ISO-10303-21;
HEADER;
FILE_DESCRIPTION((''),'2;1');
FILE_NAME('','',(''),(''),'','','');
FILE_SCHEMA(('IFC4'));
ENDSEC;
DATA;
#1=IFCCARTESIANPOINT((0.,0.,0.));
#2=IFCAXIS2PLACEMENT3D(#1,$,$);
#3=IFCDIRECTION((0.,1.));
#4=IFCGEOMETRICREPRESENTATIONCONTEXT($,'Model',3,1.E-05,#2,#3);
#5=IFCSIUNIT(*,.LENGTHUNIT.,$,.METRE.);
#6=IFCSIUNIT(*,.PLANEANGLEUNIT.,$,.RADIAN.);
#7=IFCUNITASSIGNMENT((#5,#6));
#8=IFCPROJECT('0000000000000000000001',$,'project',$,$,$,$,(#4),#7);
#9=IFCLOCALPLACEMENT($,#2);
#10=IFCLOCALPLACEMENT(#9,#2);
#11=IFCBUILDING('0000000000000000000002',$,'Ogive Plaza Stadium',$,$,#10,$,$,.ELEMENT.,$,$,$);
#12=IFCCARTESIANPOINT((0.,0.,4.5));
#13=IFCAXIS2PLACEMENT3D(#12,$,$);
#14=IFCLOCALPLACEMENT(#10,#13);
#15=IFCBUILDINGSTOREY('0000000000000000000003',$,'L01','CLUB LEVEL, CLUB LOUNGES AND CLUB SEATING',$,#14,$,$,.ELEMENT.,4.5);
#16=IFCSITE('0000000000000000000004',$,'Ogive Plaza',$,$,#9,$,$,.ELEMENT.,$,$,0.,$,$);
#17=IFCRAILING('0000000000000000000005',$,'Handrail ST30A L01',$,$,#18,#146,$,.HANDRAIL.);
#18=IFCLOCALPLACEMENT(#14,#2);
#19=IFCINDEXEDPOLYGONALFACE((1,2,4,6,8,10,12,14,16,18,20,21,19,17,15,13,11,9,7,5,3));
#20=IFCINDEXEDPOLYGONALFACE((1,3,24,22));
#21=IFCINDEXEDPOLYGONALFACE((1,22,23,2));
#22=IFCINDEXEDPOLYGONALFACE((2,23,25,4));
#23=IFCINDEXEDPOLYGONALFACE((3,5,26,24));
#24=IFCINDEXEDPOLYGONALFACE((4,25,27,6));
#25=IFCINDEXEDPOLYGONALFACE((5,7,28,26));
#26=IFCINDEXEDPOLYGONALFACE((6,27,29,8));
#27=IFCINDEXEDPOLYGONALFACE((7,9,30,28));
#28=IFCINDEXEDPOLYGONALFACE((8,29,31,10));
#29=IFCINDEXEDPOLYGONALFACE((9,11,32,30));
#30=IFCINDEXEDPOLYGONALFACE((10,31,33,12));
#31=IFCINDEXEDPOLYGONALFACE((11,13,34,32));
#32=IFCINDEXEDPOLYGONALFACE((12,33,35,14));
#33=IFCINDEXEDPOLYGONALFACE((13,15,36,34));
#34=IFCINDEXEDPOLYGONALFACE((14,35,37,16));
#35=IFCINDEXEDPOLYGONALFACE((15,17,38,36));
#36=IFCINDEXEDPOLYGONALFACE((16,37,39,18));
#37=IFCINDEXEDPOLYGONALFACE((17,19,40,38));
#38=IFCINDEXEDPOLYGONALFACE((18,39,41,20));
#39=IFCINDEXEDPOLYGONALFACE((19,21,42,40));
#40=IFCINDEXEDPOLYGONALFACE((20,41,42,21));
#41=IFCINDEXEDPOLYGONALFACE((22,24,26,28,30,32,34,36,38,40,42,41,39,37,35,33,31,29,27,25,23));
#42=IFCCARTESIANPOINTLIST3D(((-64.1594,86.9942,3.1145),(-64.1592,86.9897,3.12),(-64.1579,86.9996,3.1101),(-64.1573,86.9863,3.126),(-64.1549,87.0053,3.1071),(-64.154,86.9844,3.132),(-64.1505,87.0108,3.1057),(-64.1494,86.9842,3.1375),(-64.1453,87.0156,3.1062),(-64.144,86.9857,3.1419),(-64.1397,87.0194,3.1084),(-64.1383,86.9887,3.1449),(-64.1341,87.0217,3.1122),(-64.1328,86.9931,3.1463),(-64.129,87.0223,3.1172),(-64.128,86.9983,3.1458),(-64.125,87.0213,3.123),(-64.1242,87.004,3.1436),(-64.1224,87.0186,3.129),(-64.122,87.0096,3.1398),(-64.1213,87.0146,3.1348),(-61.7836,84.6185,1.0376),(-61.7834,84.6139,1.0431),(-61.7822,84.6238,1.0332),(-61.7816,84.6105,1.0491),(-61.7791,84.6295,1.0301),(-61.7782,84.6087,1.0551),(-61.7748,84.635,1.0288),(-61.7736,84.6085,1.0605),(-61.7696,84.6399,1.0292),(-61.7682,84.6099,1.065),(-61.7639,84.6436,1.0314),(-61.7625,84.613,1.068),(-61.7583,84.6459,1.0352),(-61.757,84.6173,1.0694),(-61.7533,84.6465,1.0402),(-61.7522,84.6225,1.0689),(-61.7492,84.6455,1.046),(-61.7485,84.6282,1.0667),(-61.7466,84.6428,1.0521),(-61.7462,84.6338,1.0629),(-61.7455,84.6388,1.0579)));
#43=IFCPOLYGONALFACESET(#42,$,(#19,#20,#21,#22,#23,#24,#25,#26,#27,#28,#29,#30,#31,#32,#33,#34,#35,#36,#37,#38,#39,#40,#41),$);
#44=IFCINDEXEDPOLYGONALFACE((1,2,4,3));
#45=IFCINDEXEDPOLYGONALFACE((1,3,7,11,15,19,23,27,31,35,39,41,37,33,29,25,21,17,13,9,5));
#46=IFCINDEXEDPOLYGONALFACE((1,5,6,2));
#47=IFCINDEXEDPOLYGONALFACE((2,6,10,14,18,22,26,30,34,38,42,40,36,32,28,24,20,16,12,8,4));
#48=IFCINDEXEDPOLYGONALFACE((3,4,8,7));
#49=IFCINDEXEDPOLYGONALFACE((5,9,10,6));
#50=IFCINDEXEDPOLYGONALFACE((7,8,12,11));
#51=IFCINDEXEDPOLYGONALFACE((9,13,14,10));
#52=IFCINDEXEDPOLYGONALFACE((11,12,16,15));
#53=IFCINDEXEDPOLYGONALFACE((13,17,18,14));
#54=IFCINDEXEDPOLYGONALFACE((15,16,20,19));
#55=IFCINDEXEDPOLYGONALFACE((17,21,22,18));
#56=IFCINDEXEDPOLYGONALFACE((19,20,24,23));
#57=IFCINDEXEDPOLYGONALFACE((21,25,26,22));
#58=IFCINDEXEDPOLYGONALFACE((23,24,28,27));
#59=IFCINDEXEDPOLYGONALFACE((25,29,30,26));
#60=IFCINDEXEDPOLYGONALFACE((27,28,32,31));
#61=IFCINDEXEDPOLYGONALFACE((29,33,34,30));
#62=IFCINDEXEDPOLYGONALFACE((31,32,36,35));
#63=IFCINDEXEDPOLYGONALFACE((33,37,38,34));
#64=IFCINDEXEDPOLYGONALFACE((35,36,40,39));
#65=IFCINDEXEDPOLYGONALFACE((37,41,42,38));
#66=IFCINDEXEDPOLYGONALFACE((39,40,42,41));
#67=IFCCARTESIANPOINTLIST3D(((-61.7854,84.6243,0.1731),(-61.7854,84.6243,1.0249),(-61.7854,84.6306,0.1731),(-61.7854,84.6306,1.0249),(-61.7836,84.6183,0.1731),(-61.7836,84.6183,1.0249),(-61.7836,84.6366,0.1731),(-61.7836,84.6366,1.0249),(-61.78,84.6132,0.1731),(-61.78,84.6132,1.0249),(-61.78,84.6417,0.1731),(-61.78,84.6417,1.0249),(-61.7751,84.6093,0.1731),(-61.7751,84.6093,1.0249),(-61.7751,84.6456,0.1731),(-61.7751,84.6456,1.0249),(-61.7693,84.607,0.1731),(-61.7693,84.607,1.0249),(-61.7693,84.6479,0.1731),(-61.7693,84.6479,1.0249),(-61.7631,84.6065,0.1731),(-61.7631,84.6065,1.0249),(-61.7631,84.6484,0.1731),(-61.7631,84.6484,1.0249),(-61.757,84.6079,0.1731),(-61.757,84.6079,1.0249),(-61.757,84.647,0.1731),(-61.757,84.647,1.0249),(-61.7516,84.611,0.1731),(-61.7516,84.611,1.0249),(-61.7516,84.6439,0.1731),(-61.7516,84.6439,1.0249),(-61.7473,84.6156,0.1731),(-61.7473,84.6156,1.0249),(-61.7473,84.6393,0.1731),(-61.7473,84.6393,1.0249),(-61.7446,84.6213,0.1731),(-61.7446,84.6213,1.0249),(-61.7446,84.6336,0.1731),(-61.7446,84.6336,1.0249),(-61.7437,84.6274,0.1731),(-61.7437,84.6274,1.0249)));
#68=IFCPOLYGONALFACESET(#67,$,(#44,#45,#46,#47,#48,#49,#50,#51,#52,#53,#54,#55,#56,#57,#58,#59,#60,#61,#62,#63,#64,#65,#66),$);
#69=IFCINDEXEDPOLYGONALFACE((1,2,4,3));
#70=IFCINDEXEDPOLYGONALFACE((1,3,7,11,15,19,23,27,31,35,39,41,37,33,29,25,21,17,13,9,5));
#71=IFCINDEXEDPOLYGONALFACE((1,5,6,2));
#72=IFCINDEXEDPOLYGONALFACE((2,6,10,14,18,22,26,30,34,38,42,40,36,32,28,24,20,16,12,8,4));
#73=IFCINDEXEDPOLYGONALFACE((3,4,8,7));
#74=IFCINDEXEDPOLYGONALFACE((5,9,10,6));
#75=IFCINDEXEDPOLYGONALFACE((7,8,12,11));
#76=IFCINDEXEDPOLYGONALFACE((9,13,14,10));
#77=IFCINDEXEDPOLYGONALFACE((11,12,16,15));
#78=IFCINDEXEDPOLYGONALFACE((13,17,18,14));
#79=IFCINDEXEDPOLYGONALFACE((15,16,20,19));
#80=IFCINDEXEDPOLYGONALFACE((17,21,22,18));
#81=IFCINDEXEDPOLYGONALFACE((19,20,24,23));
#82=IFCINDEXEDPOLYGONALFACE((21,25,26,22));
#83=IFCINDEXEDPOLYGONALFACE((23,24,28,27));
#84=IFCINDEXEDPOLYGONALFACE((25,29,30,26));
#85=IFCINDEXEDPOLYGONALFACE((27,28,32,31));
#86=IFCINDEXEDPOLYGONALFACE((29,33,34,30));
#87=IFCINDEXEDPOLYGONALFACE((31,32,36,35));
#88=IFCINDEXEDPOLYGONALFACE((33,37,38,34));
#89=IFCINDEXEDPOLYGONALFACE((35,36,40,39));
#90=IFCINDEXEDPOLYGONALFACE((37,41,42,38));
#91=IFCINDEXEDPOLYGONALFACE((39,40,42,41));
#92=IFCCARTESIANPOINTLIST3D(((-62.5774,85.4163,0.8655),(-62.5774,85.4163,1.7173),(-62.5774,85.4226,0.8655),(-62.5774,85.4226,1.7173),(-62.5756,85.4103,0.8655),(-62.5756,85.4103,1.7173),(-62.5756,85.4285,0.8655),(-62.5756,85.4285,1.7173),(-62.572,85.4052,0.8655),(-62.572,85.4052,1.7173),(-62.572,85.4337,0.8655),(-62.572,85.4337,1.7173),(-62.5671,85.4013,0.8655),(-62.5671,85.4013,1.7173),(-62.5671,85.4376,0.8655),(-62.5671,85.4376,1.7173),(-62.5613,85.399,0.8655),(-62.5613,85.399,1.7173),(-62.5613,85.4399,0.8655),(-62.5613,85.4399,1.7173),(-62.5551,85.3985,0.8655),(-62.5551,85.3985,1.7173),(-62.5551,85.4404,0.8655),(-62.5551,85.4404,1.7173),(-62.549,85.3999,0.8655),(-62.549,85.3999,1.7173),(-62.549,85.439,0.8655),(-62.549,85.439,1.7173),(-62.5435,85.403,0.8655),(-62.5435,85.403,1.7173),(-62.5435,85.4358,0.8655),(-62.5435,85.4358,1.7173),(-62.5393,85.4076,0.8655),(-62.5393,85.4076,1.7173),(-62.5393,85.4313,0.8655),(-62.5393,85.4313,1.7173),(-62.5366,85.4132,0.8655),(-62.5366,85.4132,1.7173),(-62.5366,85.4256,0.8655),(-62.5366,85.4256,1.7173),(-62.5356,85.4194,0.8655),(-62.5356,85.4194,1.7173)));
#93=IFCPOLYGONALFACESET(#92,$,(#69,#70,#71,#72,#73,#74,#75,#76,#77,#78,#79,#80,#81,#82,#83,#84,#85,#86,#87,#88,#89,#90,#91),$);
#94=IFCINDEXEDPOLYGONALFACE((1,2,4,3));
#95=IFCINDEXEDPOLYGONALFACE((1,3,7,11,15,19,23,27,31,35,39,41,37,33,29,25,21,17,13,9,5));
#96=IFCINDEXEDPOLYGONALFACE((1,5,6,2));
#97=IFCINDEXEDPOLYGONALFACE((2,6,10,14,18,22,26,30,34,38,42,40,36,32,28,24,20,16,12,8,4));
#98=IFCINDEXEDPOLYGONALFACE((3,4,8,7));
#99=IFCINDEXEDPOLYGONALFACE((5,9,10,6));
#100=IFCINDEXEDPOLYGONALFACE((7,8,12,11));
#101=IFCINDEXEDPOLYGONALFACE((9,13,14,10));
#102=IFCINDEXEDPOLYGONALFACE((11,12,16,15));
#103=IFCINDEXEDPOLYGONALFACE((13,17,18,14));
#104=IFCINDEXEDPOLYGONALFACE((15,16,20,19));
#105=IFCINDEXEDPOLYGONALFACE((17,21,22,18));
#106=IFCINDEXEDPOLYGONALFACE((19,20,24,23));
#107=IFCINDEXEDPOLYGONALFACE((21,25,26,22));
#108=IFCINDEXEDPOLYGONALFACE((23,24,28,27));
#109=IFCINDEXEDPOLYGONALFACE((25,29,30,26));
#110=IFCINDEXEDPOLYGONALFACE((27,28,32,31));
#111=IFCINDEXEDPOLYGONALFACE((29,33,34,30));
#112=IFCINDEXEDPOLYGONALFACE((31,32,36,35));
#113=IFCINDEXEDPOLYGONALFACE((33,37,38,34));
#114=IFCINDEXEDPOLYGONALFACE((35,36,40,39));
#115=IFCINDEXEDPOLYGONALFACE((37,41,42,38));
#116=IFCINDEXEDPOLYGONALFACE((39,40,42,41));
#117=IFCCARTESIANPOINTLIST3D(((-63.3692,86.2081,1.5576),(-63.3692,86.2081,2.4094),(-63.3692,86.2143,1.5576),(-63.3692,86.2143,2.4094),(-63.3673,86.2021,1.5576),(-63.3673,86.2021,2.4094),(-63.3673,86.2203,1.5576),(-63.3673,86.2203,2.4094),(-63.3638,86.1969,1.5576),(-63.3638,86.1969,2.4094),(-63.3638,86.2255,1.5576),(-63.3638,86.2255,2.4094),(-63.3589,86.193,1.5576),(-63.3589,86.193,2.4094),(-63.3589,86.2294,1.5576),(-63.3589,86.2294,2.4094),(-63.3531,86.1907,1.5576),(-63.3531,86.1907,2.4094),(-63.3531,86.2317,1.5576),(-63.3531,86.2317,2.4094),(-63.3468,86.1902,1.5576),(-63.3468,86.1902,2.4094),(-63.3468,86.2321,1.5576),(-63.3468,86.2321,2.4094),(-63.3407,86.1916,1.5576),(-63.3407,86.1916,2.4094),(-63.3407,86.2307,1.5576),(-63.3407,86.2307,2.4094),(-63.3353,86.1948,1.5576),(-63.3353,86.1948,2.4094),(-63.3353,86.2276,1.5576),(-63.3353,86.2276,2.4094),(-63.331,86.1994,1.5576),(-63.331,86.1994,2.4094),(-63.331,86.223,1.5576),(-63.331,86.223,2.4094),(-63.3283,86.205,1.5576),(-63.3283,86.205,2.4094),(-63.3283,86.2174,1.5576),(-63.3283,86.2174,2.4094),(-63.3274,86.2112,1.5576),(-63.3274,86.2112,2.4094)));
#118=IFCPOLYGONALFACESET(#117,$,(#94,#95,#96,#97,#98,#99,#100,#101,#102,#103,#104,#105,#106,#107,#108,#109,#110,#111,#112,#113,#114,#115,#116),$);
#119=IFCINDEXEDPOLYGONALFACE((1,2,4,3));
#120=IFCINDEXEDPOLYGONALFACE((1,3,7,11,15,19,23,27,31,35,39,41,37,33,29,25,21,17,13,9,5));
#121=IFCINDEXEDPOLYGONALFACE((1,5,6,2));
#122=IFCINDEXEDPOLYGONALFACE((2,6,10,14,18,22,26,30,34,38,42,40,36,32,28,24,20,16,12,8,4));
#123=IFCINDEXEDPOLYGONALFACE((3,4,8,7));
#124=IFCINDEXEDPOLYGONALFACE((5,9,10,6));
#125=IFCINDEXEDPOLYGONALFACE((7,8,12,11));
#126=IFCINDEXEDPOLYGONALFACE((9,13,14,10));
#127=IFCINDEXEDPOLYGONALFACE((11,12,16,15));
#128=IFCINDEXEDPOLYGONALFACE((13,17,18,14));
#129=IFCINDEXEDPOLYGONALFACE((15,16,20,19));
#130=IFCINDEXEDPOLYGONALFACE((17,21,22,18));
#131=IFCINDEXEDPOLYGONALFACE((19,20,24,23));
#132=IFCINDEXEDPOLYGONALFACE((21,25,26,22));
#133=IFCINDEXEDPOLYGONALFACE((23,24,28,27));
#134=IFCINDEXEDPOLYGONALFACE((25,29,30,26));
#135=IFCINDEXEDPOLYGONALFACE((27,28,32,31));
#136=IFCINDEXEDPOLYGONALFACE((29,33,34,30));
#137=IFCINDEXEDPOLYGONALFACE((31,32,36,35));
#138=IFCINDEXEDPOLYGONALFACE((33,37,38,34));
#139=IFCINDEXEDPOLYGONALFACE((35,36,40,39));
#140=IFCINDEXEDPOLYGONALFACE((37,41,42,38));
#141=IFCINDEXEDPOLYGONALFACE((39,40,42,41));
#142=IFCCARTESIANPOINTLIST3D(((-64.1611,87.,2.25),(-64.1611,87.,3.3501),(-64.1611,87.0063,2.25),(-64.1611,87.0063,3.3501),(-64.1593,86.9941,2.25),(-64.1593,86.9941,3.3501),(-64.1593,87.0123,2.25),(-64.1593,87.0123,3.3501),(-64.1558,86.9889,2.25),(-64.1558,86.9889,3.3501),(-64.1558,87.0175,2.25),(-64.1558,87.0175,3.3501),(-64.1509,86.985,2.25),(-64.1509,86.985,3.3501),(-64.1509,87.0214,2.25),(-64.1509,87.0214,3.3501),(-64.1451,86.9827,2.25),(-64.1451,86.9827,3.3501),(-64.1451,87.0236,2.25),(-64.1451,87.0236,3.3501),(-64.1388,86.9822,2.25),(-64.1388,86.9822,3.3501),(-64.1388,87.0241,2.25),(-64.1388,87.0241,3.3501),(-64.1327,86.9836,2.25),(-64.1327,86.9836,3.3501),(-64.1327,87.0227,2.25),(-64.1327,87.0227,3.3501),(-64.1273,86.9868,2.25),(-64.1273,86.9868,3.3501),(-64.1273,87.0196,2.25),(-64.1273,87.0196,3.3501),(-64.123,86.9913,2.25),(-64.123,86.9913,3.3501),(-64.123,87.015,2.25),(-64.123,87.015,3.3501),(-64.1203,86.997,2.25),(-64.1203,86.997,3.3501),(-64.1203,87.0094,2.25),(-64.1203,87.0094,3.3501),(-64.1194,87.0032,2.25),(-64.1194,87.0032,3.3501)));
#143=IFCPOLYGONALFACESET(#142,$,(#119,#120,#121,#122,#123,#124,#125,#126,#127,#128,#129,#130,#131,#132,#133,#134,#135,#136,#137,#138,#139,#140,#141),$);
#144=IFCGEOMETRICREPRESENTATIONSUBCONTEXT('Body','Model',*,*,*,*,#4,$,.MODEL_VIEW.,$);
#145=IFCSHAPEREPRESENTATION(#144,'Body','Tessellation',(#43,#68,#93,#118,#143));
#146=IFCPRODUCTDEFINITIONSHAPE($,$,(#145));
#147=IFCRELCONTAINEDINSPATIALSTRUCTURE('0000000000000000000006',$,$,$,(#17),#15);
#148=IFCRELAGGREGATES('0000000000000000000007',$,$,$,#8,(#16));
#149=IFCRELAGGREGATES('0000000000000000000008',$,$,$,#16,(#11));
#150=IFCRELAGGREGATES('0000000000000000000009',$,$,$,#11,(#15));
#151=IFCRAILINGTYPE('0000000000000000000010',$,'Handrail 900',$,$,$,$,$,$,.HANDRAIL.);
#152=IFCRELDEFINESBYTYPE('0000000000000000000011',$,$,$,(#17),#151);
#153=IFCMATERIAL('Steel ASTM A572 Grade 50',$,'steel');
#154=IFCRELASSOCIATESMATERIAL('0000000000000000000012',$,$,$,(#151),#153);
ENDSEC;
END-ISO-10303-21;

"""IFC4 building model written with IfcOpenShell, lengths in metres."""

from ifc_helpers import new_model, si_unit, direction, frame, origin, origin_2d, place, context, subcontext, project, spatial, circle, extrude, material, type_object, element, save


model = new_model("IFC4")

# Units and contexts
model_context = context("Model", 3, precision=1e-05, world=origin(), true_north=direction((0.0, 1.0)))
body_context = subcontext(model_context, "Body", "Model", "MODEL_VIEW")
ifc_project = project(units=[si_unit("LENGTHUNIT", "METRE"), si_unit("PLANEANGLEUNIT", "RADIAN")], contexts=[model_context])

# Site, building, storey
site_placement = place(None, origin())
site = spatial("IfcSite", under=ifc_project, at=site_placement, Name="Ogive Plaza", CompositionType="ELEMENT", RefElevation=0.0)
building_placement = place(site_placement, origin())
building = spatial("IfcBuilding", under=site, at=building_placement, Name="Ogive Plaza Stadium", CompositionType="ELEMENT")
storey_placement = place(building_placement, frame((0.0, 0.0, 4.5)))
storey = spatial("IfcBuildingStorey", under=building, at=storey_placement, Name="L01", Description="CLUB LEVEL, CLUB LOUNGES AND CLUB SEATING", CompositionType="ELEMENT", Elevation=4.5)

# Railing
ifc_material_1 = material(Name="Steel ASTM A572 Grade 50", Category="steel")
railing_type_1 = type_object("IfcRailingType", Name="Handrail 900", PredefinedType="HANDRAIL", material=ifc_material_1)
railing_1_placement = place(storey_placement, frame((-61.7646, 84.6274, 0.1731)))
element("IfcRailing", 1, at=railing_1_placement, inside=storey, type_object=railing_type_1, Name="Handrail ST30A L01", PredefinedType="HANDRAIL", context=body_context, shape_type="SweptSolid", body=[
    extrude(circle(Radius=0.0239, at=origin_2d()), frame((0.0, 0.0, 0.876), z_axis=(-0.601466, 0.601466, 0.525811), x_axis=(-0.707107, -0.707107, 0.0)), (0.0, 0.0, 1.0), 3.95),
    extrude(circle(Radius=0.021, at=origin_2d()), origin(), (0.0, 0.0, 1.0), 0.8518),
    extrude(circle(Radius=0.021, at=origin_2d()), frame((-0.792, 0.792, 0.6924)), (0.0, 0.0, 1.0), 0.8518),
    extrude(circle(Radius=0.021, at=origin_2d()), frame((-1.5837, 1.5837, 1.3845)), (0.0, 0.0, 1.0), 0.8518),
    extrude(circle(Radius=0.021, at=origin_2d()), frame((-2.3757, 2.3757, 2.0769)), (0.0, 0.0, 1.0), 1.1001),
])

save(model, "model.ifc")
